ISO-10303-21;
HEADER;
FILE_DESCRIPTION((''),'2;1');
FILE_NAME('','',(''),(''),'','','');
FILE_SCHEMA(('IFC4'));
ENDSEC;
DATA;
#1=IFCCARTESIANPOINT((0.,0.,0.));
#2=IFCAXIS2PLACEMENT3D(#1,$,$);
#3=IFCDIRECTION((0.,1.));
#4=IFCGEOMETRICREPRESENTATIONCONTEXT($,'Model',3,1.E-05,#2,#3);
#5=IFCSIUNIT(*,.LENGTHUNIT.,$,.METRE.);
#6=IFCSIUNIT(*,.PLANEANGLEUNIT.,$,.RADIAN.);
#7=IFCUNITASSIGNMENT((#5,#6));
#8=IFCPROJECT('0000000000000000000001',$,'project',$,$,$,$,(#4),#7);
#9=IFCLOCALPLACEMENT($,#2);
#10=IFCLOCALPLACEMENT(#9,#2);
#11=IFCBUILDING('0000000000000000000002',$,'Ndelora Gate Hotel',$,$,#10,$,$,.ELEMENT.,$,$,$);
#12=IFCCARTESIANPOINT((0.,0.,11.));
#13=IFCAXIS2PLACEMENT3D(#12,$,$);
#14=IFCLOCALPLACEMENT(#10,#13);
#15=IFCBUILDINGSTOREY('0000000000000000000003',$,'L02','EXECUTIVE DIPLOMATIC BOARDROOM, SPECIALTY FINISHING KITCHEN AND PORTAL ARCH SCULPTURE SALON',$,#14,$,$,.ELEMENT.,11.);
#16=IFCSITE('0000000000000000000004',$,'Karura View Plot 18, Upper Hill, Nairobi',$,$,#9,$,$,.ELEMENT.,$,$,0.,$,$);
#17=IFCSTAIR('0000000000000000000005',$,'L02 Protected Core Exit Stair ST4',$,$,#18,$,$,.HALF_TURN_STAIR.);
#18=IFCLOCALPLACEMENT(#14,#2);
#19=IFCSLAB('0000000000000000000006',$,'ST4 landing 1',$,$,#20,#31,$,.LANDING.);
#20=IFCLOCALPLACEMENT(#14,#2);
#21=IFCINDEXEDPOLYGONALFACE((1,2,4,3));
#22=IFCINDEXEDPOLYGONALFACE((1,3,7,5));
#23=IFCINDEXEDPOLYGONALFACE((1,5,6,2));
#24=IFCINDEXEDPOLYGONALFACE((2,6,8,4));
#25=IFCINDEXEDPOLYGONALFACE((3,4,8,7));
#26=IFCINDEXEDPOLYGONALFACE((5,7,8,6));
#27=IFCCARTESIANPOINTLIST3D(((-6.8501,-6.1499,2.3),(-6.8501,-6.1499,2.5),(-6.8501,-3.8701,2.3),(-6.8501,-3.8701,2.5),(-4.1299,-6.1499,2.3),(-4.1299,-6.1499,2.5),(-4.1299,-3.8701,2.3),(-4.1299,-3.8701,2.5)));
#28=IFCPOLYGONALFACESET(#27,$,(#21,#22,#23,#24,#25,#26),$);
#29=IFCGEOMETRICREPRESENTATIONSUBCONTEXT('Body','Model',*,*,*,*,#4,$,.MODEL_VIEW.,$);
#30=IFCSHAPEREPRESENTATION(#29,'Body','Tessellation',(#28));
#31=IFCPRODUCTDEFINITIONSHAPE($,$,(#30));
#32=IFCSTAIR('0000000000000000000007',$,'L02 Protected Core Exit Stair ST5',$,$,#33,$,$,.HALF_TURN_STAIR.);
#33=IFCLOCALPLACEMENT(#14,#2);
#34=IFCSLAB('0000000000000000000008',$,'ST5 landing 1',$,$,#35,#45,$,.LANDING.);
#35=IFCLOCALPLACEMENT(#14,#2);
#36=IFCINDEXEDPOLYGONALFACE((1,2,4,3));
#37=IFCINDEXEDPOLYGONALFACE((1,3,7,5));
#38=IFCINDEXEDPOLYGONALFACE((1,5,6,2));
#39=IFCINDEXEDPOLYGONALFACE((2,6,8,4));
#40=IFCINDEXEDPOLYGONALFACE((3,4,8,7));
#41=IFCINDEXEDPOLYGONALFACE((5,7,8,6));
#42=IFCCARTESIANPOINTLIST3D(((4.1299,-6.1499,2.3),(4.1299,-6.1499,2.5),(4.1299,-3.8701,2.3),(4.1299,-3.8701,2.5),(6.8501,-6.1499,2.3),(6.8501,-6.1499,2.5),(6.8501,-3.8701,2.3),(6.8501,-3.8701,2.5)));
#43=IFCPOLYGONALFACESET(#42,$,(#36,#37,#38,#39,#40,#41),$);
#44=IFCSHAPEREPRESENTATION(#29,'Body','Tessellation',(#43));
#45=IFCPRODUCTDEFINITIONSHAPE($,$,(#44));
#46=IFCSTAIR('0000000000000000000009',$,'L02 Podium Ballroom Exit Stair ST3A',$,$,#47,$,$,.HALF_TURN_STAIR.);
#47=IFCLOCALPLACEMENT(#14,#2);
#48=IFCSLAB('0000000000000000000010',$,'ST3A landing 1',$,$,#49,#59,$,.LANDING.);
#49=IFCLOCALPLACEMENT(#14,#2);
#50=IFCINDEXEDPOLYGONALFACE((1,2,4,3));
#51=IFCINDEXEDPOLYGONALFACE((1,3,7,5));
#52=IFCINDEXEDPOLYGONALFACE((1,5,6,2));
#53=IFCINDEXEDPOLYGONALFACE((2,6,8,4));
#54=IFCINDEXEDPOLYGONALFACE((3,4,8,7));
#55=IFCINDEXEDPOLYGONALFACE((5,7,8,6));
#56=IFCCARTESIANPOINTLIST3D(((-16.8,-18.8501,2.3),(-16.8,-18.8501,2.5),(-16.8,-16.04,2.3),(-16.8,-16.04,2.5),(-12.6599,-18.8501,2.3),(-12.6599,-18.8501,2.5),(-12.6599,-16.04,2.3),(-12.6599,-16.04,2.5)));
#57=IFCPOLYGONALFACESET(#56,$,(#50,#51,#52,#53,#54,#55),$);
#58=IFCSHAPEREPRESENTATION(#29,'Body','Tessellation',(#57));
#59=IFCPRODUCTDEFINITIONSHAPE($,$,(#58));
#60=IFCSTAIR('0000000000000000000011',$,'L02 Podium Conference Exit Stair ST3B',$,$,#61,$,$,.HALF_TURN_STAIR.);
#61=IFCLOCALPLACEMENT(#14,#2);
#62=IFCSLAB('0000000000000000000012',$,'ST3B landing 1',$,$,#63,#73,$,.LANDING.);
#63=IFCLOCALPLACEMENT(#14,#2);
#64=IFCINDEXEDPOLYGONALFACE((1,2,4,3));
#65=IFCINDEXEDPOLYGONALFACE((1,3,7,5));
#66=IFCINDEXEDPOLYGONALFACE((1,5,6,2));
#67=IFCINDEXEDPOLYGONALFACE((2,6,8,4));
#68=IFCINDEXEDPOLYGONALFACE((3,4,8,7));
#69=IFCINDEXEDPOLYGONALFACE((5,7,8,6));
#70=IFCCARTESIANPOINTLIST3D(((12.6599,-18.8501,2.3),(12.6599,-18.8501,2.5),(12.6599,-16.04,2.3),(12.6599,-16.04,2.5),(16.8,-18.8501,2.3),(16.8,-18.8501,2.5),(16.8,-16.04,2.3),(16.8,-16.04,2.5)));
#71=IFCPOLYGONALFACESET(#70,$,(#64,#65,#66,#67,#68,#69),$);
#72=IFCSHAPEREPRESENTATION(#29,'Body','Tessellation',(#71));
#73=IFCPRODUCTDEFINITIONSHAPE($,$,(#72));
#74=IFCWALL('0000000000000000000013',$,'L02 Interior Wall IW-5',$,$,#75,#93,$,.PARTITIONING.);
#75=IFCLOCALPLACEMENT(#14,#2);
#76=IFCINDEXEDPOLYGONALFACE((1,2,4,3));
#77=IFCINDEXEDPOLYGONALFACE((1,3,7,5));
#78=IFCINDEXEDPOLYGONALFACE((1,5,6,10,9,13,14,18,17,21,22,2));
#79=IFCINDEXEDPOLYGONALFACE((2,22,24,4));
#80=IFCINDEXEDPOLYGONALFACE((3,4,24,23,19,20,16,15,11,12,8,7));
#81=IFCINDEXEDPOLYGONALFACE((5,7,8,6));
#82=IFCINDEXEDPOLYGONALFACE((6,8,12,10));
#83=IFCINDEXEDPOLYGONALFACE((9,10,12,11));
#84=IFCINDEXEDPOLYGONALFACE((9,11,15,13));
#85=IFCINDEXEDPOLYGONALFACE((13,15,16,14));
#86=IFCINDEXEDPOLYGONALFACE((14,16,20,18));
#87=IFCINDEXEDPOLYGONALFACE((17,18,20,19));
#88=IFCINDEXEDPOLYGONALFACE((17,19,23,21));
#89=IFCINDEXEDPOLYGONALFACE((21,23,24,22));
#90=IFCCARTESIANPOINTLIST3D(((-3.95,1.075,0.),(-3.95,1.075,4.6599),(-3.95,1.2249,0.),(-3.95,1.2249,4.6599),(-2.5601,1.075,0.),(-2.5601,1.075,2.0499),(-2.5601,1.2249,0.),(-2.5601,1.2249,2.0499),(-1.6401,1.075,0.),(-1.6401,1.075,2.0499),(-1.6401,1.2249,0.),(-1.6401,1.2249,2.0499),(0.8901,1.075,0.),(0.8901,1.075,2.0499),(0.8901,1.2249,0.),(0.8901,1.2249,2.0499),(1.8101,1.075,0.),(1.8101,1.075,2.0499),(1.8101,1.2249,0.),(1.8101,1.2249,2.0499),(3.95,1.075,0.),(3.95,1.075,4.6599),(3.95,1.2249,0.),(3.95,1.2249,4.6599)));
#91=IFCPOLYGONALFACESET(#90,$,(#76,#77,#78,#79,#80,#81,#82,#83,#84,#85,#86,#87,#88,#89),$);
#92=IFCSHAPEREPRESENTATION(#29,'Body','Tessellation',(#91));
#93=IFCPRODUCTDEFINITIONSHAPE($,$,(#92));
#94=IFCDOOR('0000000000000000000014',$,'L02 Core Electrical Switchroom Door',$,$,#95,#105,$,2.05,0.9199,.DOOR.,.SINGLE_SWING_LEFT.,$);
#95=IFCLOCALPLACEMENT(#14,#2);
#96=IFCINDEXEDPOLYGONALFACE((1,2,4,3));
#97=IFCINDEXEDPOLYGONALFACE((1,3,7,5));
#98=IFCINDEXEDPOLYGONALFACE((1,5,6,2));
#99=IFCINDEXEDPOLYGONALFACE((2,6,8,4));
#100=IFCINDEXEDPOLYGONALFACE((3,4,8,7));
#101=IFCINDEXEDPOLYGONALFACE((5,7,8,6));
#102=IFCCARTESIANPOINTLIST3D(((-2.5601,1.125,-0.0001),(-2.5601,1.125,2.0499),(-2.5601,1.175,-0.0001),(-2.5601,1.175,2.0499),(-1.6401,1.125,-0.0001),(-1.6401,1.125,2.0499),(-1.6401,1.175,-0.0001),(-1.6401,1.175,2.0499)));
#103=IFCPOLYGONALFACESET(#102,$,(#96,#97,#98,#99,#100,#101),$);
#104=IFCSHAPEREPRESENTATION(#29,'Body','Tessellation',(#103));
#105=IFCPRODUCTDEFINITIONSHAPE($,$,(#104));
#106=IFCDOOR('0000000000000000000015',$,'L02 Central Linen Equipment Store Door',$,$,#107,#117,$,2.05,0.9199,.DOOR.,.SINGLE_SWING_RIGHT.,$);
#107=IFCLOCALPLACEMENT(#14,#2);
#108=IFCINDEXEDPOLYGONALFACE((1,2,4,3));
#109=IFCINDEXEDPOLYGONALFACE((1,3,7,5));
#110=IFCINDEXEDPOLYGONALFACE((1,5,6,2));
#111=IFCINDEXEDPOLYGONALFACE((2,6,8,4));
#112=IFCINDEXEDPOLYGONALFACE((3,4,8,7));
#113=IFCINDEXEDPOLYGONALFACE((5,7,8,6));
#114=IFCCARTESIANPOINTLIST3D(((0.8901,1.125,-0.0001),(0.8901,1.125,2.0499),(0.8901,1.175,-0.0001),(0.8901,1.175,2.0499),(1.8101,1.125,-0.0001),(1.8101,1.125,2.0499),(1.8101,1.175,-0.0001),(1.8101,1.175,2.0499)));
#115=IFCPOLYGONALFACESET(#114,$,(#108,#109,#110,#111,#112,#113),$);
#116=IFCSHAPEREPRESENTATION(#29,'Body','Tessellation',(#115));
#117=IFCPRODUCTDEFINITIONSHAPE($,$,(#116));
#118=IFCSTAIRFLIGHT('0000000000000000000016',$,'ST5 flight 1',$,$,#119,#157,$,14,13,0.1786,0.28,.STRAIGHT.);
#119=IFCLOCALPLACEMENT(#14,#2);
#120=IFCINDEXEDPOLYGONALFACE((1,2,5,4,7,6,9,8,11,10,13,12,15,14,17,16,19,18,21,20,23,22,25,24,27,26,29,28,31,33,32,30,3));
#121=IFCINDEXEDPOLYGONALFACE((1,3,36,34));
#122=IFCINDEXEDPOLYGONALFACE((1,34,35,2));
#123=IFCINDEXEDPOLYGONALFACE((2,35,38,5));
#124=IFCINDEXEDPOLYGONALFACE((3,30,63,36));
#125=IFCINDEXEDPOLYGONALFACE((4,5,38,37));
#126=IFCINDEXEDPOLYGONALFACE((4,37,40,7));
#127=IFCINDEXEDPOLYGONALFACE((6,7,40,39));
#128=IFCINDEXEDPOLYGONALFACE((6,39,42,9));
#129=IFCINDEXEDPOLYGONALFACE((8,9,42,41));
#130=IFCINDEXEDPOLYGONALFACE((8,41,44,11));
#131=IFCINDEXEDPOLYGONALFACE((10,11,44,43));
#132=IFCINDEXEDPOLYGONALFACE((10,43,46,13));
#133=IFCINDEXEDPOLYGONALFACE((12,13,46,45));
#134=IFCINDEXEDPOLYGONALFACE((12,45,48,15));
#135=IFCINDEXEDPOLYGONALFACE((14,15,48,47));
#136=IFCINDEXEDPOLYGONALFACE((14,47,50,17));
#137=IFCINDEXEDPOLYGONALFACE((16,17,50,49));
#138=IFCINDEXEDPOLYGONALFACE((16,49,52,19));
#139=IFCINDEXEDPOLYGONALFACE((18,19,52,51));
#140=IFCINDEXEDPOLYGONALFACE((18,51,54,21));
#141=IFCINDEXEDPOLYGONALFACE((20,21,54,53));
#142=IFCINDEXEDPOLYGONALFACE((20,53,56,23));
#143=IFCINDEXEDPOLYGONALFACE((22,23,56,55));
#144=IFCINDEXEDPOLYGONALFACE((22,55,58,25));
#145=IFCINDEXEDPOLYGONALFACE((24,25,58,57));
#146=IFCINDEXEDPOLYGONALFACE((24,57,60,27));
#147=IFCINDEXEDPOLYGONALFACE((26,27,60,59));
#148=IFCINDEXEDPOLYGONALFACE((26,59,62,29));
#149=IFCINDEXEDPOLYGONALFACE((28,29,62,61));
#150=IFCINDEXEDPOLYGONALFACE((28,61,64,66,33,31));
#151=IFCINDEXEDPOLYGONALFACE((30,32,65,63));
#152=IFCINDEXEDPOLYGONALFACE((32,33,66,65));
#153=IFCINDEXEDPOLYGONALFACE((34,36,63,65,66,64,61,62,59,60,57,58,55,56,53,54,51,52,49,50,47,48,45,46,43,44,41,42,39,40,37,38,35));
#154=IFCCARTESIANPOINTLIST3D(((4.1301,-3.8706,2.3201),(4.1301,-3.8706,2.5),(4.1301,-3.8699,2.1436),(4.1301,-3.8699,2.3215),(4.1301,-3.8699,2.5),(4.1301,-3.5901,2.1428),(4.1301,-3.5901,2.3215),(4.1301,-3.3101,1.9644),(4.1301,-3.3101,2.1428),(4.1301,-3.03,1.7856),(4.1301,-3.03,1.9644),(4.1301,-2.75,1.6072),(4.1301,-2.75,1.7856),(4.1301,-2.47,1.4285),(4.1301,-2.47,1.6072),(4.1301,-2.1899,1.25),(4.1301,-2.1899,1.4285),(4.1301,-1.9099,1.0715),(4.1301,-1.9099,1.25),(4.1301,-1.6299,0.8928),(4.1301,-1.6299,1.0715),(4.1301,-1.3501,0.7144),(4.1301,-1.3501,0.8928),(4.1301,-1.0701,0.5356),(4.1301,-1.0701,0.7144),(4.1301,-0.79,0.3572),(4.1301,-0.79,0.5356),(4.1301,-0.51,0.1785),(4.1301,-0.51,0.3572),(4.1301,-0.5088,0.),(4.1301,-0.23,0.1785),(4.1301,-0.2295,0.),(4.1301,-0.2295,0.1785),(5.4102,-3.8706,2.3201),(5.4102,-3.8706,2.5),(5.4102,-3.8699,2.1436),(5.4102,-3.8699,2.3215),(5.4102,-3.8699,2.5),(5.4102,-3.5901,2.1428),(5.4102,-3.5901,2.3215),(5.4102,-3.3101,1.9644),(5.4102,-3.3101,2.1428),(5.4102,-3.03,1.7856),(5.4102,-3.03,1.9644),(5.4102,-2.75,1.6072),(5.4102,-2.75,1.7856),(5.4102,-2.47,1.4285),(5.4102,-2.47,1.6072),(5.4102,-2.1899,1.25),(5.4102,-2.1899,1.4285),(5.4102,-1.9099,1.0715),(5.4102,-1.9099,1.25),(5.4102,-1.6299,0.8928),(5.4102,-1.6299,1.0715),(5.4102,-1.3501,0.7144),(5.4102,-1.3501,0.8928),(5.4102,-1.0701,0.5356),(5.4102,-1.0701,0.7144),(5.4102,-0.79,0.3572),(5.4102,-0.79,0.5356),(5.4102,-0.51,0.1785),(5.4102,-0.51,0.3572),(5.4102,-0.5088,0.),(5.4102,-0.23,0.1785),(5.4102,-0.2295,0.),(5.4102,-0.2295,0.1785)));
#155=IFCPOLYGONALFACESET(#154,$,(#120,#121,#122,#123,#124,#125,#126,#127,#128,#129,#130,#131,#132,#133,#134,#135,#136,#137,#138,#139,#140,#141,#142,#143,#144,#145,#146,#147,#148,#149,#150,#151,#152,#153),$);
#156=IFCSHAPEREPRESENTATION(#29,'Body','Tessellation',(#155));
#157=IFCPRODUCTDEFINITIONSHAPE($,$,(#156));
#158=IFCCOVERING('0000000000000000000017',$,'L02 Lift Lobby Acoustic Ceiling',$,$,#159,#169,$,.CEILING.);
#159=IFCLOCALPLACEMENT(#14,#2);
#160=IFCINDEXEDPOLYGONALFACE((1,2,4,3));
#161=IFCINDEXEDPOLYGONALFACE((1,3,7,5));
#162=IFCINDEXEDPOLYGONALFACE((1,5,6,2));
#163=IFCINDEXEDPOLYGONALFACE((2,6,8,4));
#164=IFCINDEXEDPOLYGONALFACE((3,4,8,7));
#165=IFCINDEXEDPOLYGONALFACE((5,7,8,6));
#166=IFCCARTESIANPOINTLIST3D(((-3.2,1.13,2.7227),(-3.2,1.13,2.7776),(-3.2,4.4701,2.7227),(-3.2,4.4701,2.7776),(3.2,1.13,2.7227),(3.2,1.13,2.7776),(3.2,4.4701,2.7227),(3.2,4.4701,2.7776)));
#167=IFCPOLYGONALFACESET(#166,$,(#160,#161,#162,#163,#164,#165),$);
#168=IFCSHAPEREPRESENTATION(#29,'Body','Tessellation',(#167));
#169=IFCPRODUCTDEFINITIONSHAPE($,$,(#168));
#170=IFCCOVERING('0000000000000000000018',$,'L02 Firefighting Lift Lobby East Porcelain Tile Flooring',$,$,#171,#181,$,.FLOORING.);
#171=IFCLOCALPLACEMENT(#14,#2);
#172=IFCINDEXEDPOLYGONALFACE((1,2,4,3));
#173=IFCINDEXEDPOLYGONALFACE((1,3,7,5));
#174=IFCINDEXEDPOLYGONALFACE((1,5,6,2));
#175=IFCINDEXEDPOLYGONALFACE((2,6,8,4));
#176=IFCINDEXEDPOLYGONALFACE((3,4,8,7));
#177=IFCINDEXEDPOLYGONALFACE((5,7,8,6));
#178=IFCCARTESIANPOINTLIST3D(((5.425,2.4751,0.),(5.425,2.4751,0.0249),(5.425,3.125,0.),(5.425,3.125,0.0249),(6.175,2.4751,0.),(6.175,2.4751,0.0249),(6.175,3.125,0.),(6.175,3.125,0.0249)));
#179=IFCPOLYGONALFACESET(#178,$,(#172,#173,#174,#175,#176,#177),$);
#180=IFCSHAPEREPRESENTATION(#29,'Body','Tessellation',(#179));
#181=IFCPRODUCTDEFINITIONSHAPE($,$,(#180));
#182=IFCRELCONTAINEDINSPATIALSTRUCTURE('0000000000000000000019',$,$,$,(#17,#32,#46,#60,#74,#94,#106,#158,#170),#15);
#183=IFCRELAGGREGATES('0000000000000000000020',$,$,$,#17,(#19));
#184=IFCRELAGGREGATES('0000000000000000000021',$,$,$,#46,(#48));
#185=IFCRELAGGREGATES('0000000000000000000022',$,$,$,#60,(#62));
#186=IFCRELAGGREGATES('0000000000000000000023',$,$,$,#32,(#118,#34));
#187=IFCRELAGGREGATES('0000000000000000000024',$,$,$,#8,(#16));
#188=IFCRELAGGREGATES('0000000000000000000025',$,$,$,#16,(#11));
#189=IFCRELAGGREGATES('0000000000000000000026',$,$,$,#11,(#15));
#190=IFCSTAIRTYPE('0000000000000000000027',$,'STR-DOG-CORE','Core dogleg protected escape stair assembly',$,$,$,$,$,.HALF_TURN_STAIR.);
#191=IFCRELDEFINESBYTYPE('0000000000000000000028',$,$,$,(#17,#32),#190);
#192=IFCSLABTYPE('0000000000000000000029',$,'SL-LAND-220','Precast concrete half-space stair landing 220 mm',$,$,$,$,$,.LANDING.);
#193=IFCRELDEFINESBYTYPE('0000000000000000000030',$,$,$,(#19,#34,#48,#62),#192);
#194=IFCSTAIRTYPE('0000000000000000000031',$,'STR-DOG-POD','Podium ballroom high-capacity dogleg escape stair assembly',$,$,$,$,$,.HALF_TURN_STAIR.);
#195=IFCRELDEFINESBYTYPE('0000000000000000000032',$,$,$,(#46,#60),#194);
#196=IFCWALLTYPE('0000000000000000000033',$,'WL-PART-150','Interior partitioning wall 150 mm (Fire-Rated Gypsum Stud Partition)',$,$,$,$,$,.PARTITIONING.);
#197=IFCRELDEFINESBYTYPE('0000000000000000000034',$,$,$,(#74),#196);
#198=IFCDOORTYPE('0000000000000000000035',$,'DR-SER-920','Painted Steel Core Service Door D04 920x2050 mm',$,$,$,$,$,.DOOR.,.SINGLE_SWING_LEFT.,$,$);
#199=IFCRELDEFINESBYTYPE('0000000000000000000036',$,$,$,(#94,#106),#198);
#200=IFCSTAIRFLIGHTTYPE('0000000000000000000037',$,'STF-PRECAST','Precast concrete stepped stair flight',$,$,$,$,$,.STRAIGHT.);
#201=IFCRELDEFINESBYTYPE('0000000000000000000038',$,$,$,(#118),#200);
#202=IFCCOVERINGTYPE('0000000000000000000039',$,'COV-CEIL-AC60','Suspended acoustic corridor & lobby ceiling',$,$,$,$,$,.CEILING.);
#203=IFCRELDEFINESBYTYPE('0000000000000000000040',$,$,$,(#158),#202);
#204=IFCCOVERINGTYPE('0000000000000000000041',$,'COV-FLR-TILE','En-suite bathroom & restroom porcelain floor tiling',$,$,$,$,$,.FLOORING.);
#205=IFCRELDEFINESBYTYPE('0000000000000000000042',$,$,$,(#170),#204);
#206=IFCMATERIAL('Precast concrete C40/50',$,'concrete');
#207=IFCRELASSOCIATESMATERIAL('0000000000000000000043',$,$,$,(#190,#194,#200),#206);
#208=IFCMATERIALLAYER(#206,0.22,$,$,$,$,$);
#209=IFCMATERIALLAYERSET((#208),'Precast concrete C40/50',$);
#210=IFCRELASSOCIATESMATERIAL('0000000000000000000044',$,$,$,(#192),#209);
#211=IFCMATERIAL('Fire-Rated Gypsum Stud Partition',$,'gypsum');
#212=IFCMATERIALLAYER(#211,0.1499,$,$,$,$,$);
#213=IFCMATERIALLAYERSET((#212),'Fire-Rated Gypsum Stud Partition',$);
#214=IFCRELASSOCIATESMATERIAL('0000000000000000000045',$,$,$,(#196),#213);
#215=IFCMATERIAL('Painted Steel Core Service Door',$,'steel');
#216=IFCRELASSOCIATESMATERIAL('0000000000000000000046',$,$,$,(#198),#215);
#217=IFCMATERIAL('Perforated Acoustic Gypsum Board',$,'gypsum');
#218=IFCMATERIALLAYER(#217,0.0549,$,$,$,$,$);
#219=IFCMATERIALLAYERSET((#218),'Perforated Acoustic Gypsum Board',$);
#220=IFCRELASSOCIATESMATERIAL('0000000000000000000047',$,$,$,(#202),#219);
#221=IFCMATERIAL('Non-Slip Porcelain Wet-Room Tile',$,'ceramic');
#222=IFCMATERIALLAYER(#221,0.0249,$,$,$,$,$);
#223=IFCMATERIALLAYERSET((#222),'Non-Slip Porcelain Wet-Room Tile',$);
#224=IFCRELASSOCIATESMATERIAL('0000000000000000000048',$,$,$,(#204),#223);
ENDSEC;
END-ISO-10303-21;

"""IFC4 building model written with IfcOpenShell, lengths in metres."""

from ifc_helpers import new_model, si_unit, direction, frame, frame_2d, origin, origin_2d, place, context, subcontext, project, spatial, polyline, rectangle, outline, extrude, material, layer, layer_set, type_object, element, fill, aggregate, save


model = new_model("IFC4")

# Units and contexts
model_context = context("Model", 3, precision=1e-05, world=origin(), true_north=direction((0.0, 1.0)))
body_context = subcontext(model_context, "Body", "Model", "MODEL_VIEW")
ifc_project = project(units=[si_unit("LENGTHUNIT", "METRE"), si_unit("PLANEANGLEUNIT", "RADIAN")], contexts=[model_context])

# Site, building, storey
site_placement = place(None, origin())
site = spatial("IfcSite", under=ifc_project, at=site_placement, Name="Karura View Plot 18, Upper Hill, Nairobi", CompositionType="ELEMENT", RefElevation=0.0)
building_placement = place(site_placement, origin())
building = spatial("IfcBuilding", under=site, at=building_placement, Name="Ndelora Gate Hotel", CompositionType="ELEMENT")
storey_placement = place(building_placement, frame((0.0, 0.0, 11.0)))
storey = spatial("IfcBuildingStorey", under=building, at=storey_placement, Name="L02", Description="EXECUTIVE DIPLOMATIC BOARDROOM, SPECIALTY FINISHING KITCHEN AND PORTAL ARCH SCULPTURE SALON", CompositionType="ELEMENT", Elevation=11.0)

# Stairs, slabs
ifc_material_1 = material(Name="Precast concrete C40/50", Category="concrete")
stair_type_1 = type_object("IfcStairType", Name="STR-DOG-CORE", Description="Core dogleg protected escape stair assembly", PredefinedType="HALF_TURN_STAIR", material=ifc_material_1)
stair_1_placement = place(storey_placement, origin())
stair_1 = element("IfcStair", 1, at=stair_1_placement, inside=storey, type_object=stair_type_1, Name="L02 Protected Core Exit Stair ST4", PredefinedType="HALF_TURN_STAIR")
ifc_layer_1 = layer(ifc_material_1, 0.22)
ifc_layer_set_1 = layer_set([ifc_layer_1], Name="Precast concrete C40/50")
slab_type = type_object("IfcSlabType", Name="SL-LAND-220", Description="Precast concrete half-space stair landing 220 mm", PredefinedType="LANDING", material=ifc_layer_set_1)
slab_1_placement = place(storey_placement, frame((0.0, 0.0, 2.3)))
slab_1 = element("IfcSlab", 2, at=slab_1_placement, type_object=slab_type, Name="ST4 landing 1", PredefinedType="LANDING", context=body_context, shape_type="SweptSolid", body=[
    extrude(outline(polyline([(-6.8501, -3.8701), (-6.8501, -6.1499), (-4.1299, -6.1499), (-4.1299, -3.8701), (-6.8501, -3.8701)])), origin(), (0.0, 0.0, 1.0), 0.2),
])
aggregate(stair_1, [slab_1])
stair_2_placement = place(storey_placement, origin())
stair_2 = element("IfcStair", 3, at=stair_2_placement, inside=storey, type_object=stair_type_1, Name="L02 Protected Core Exit Stair ST5", PredefinedType="HALF_TURN_STAIR")
slab_2_placement = place(storey_placement, frame((0.0, 0.0, 2.3)))
slab_2 = element("IfcSlab", 4, at=slab_2_placement, type_object=slab_type, Name="ST5 landing 1", PredefinedType="LANDING", context=body_context, shape_type="SweptSolid", body=[
    extrude(outline(polyline([(4.1299, -3.8701), (4.1299, -6.1499), (6.8501, -6.1499), (6.8501, -3.8701), (4.1299, -3.8701)])), origin(), (0.0, 0.0, 1.0), 0.2),
])
stair_type_2 = type_object("IfcStairType", Name="STR-DOG-POD", Description="Podium ballroom high-capacity dogleg escape stair assembly", PredefinedType="HALF_TURN_STAIR", material=ifc_material_1)
stair_3_placement = place(storey_placement, origin())
stair_3 = element("IfcStair", 5, at=stair_3_placement, inside=storey, type_object=stair_type_2, Name="L02 Podium Ballroom Exit Stair ST3A", PredefinedType="HALF_TURN_STAIR")
slab_3_placement = place(storey_placement, frame((0.0, 0.0, 2.3)))
slab_3 = element("IfcSlab", 6, at=slab_3_placement, type_object=slab_type, Name="ST3A landing 1", PredefinedType="LANDING", context=body_context, shape_type="SweptSolid", body=[
    extrude(outline(polyline([(-16.8, -16.04), (-16.8, -18.8501), (-12.6599, -18.8501), (-12.6599, -16.04), (-16.8, -16.04)])), origin(), (0.0, 0.0, 1.0), 0.2),
])
aggregate(stair_3, [slab_3])
stair_4_placement = place(storey_placement, origin())
stair_4 = element("IfcStair", 7, at=stair_4_placement, inside=storey, type_object=stair_type_2, Name="L02 Podium Conference Exit Stair ST3B", PredefinedType="HALF_TURN_STAIR")
slab_4_placement = place(storey_placement, frame((0.0, 0.0, 2.3)))
slab_4 = element("IfcSlab", 8, at=slab_4_placement, type_object=slab_type, Name="ST3B landing 1", PredefinedType="LANDING", context=body_context, shape_type="SweptSolid", body=[
    extrude(outline(polyline([(12.6599, -16.04), (12.6599, -18.8501), (16.8, -18.8501), (16.8, -16.04), (12.6599, -16.04)])), origin(), (0.0, 0.0, 1.0), 0.2),
])
aggregate(stair_4, [slab_4])

# Wall, openings, doors
ifc_material_2 = material(Name="Fire-Rated Gypsum Stud Partition", Category="gypsum")
ifc_layer_2 = layer(ifc_material_2, 0.1499)
ifc_layer_set_2 = layer_set([ifc_layer_2], Name="Fire-Rated Gypsum Stud Partition")
wall_type_1 = type_object("IfcWallType", Name="WL-PART-150", Description="Interior partitioning wall 150 mm (Fire-Rated Gypsum Stud Partition)", PredefinedType="PARTITIONING", material=ifc_layer_set_2)
wall_1_placement = place(storey_placement, frame((3.95, 1.1499, 0.0), z_axis=(0.0, 0.0, 1.0), x_axis=(-1.0, 0.0, 0.0)))
wall_1 = element("IfcWall", 9, at=wall_1_placement, inside=storey, type_object=wall_type_1, Name="L02 Interior Wall IW-5", PredefinedType="PARTITIONING", context=body_context, shape_type="SweptSolid", body=[
    extrude(rectangle(XDim=7.8999, YDim=0.1499, at=frame_2d((3.95, 0.0))), origin(), (0.0, 0.0, 1.0), 4.6599),
])
opening_1_placement = place(wall_1_placement, frame((5.5901, 0.0, 0.0)))
opening_1 = element("IfcOpeningElement", 10, at=opening_1_placement, cuts=wall_1, PredefinedType="OPENING", context=body_context, shape_type="SweptSolid", body=[
    extrude(rectangle(XDim=0.9199, YDim=2.05, at=frame_2d((0.46, 1.0249))), frame((0.0, 0.085, 0.0), z_axis=(0.0, -1.0, 0.0), x_axis=(1.0, 0.0, 0.0)), (0.0, 0.0, 1.0), 0.1699),
])
opening_2_placement = place(wall_1_placement, frame((2.1399, 0.0, 0.0)))
opening_2 = element("IfcOpeningElement", 11, at=opening_2_placement, cuts=wall_1, PredefinedType="OPENING", context=body_context, shape_type="SweptSolid", body=[
    extrude(rectangle(XDim=0.9199, YDim=2.05, at=frame_2d((0.46, 1.0249))), frame((0.0, 0.085, 0.0), z_axis=(0.0, -1.0, 0.0), x_axis=(1.0, 0.0, 0.0)), (0.0, 0.0, 1.0), 0.1699),
])
ifc_material_3 = material(Name="Painted Steel Core Service Door", Category="steel")
door_type_1 = type_object("IfcDoorType", Name="DR-SER-920", Description="Painted Steel Core Service Door D04 920x2050 mm", OperationType="SINGLE_SWING_LEFT", PredefinedType="DOOR", material=ifc_material_3)
door_1_placement = place(opening_1_placement, origin())
door_1 = element("IfcDoor", 12, at=door_1_placement, inside=storey, type_object=door_type_1, Name="L02 Core Electrical Switchroom Door", OperationType="SINGLE_SWING_LEFT", OverallHeight=2.05, OverallWidth=0.9199, PredefinedType="DOOR", context=body_context, shape_type="SweptSolid", body=[
    extrude(rectangle(XDim=0.9199, YDim=2.05, at=frame_2d((0.46, 1.0249))), frame((0.0, 0.0249, 0.0), z_axis=(0.0, -1.0, 0.0), x_axis=(1.0, 0.0, 0.0)), (0.0, 0.0, 1.0), 0.05),
])
fill(opening_1, door_1)
door_2_placement = place(opening_2_placement, origin())
door_2 = element("IfcDoor", 13, at=door_2_placement, inside=storey, type_object=door_type_1, Name="L02 Central Linen Equipment Store Door", OperationType="SINGLE_SWING_RIGHT", OverallHeight=2.05, OverallWidth=0.9199, PredefinedType="DOOR", context=body_context, shape_type="SweptSolid", body=[
    extrude(rectangle(XDim=0.9199, YDim=2.05, at=frame_2d((0.46, 1.0249))), frame((0.0, 0.0249, 0.0), z_axis=(0.0, -1.0, 0.0), x_axis=(1.0, 0.0, 0.0)), (0.0, 0.0, 1.0), 0.05),
])
fill(opening_2, door_2)

# Stair flight
stair_flight_type = type_object("IfcStairFlightType", Name="STF-PRECAST", Description="Precast concrete stepped stair flight", PredefinedType="STRAIGHT", material=ifc_material_1)
stair_flight_placement = place(storey_placement, frame((4.77, -0.23, 0.0), z_axis=(0.0, 0.0, 1.0), x_axis=(0.0, -1.0, 0.0)))
stair_flight = element("IfcStairFlight", 14, at=stair_flight_placement, type_object=stair_flight_type, Name="ST5 flight 1", NumberOfRisers=14, NumberOfTreads=13, PredefinedType="STRAIGHT", RiserHeight=0.1786, TreadLength=0.28, context=body_context, shape_type="SweptSolid", body=[
    extrude(outline(polyline([(-0.0005, 0.0), (-0.0005, 0.1785), (0.0, 0.1785), (0.28, 0.1785), (0.28, 0.3572), (0.5601, 0.3572), (0.5601, 0.5356), (0.8401, 0.5356), (0.8401, 0.7144), (1.1201, 0.7144), (1.1201, 0.8928), (1.3999, 0.8928), (1.3999, 1.0715), (1.6799, 1.0715), (1.6799, 1.25), (1.96, 1.25), (1.96, 1.4285), (2.24, 1.4285), (2.24, 1.6072), (2.52, 1.6072), (2.52, 1.7856), (2.8, 1.7856), (2.8, 1.9644), (3.0801, 1.9644), (3.0801, 2.1428), (3.3601, 2.1428), (3.3601, 2.3215), (3.6399, 2.3215), (3.6399, 2.5), (3.6406, 2.5), (3.6406, 2.3201), (3.6399, 2.1436), (0.2788, 0.0), (-0.0005, 0.0)])), frame((0.0, 0.6401, 0.0), z_axis=(0.0, -1.0, 0.0), x_axis=(1.0, 0.0, 0.0)), (0.0, 0.0, 1.0), 1.28),
])
aggregate(stair_2, [stair_flight, slab_2])

# Coverings
ifc_material_4 = material(Name="Perforated Acoustic Gypsum Board", Category="gypsum")
ifc_layer_3 = layer(ifc_material_4, 0.0549)
ifc_layer_set_3 = layer_set([ifc_layer_3], Name="Perforated Acoustic Gypsum Board")
covering_type_1 = type_object("IfcCoveringType", Name="COV-CEIL-AC60", Description="Suspended acoustic corridor & lobby ceiling", PredefinedType="CEILING", material=ifc_layer_set_3)
covering_placement = place(storey_placement, frame((0.0, 2.8, 2.7227), z_axis=(0.0, 0.0, 1.0), x_axis=(1.0, 0.0, 0.0)))
element("IfcCovering", 15, at=covering_placement, inside=storey, type_object=covering_type_1, Name="L02 Lift Lobby Acoustic Ceiling", PredefinedType="CEILING", context=body_context, shape_type="SweptSolid", body=[
    extrude(rectangle(XDim=6.3999, YDim=3.3401, at=origin_2d()), origin(), (0.0, 0.0, 1.0), 0.0549),
])
ifc_material_5 = material(Name="Non-Slip Porcelain Wet-Room Tile", Category="ceramic")
ifc_layer_4 = layer(ifc_material_5, 0.0249)
ifc_layer_set_4 = layer_set([ifc_layer_4], Name="Non-Slip Porcelain Wet-Room Tile")
covering_type_2 = type_object("IfcCoveringType", Name="COV-FLR-TILE", Description="En-suite bathroom & restroom porcelain floor tiling", PredefinedType="FLOORING", material=ifc_layer_set_4)
for number, where, z_axis, x_axis, name in (
    (16, (5.8, 2.8, 0.0), (0.0, 0.0, 1.0), (1.0, 0.0, 0.0), "L02 Firefighting Lift Lobby East Porcelain Tile Flooring"),
):
    element("IfcCovering", number, at=place(storey_placement, frame(where, z_axis=z_axis, x_axis=x_axis)), inside=storey, type_object=covering_type_2, Name=name, PredefinedType="FLOORING", context=body_context, shape_type="SweptSolid", body=[
        extrude(rectangle(XDim=0.75, YDim=0.6499, at=origin_2d()), origin(), (0.0, 0.0, 1.0), 0.0249),
    ])

save(model, "model.ifc")
